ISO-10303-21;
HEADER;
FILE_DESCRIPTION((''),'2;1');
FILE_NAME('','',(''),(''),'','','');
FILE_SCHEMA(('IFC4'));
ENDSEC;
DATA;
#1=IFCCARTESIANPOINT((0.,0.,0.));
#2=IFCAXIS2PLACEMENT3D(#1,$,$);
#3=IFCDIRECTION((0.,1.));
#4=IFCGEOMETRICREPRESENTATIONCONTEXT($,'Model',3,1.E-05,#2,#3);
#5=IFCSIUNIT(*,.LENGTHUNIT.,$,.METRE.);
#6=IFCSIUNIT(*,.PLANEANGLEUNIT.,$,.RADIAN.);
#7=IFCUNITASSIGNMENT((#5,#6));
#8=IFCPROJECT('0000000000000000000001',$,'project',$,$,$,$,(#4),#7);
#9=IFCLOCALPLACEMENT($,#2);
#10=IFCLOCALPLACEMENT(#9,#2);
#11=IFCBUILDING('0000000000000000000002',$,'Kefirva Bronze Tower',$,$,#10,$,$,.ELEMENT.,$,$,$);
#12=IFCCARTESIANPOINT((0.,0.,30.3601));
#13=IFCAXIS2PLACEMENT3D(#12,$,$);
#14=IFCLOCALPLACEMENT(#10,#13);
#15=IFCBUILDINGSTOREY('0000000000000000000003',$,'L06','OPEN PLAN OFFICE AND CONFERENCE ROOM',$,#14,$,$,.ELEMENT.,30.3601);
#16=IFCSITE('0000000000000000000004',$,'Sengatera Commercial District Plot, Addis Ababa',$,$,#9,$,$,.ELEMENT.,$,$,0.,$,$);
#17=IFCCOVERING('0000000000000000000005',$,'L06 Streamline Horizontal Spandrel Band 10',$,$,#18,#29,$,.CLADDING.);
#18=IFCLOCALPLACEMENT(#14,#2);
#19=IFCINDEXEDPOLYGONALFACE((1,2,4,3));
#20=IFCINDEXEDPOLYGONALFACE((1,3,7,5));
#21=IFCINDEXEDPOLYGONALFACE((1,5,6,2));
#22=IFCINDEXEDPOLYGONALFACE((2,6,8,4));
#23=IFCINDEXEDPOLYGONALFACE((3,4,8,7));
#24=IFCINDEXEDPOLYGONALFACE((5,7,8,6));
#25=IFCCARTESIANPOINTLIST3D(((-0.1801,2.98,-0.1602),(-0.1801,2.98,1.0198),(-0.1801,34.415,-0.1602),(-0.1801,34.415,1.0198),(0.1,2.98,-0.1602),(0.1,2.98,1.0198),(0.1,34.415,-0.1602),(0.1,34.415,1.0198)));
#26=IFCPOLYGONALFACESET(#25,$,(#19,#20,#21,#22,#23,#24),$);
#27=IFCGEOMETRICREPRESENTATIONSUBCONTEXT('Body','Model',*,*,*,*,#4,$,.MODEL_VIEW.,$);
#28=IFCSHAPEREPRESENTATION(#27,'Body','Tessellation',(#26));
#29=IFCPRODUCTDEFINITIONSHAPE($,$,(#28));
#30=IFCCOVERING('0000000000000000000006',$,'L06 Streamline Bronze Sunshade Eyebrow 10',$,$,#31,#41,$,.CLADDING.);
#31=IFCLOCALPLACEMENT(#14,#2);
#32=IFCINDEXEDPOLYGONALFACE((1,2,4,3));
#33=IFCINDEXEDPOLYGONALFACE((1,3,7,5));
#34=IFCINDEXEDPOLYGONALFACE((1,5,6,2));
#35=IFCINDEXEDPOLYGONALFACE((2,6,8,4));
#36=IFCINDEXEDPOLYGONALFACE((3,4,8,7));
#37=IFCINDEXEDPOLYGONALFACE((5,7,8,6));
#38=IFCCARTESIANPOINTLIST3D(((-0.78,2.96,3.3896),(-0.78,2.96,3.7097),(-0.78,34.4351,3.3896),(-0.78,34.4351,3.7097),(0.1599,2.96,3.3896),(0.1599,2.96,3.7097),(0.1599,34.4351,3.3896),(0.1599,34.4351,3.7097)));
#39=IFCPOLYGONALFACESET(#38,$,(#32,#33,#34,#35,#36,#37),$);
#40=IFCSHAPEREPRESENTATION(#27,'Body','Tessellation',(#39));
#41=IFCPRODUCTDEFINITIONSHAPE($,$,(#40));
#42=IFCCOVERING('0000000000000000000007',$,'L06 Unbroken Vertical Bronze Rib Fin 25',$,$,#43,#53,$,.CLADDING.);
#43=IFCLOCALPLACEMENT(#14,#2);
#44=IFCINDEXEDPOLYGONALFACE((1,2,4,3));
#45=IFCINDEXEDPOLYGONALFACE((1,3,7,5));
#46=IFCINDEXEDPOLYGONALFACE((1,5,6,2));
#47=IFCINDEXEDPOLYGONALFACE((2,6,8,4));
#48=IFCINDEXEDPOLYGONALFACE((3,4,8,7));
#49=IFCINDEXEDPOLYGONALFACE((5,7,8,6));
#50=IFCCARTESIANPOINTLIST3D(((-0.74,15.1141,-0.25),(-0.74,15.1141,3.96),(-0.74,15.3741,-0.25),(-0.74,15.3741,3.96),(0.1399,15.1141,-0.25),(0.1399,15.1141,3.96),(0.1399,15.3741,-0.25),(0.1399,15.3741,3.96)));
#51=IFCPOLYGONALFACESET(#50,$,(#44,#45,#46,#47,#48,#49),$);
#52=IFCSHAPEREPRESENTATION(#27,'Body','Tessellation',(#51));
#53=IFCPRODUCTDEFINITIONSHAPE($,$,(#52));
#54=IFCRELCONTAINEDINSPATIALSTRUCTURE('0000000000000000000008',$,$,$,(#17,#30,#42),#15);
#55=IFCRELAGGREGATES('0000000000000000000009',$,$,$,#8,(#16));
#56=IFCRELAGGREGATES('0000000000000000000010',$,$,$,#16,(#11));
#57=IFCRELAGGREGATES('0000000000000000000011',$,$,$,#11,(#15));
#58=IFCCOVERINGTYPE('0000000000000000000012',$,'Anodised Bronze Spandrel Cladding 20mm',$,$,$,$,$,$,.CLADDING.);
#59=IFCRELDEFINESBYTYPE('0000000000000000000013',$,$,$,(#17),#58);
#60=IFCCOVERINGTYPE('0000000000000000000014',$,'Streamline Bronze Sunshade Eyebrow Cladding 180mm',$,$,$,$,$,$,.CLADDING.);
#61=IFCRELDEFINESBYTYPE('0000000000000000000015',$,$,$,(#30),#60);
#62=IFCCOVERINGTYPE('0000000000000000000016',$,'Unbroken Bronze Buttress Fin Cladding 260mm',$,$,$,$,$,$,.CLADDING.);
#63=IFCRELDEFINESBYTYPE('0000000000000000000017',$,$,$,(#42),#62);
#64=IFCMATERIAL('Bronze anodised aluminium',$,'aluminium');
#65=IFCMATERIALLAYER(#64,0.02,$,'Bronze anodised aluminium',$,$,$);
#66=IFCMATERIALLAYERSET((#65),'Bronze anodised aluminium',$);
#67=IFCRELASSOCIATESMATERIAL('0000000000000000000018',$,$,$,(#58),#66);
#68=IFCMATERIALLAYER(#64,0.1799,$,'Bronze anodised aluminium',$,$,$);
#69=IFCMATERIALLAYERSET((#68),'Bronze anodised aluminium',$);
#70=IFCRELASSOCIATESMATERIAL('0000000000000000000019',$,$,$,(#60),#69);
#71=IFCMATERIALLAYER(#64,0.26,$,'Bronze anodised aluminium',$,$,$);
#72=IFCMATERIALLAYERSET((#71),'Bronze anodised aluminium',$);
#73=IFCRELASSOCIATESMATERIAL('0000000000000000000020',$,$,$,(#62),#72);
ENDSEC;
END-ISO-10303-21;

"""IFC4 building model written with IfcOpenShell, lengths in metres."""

from ifc_helpers import new_model, si_unit, direction, frame, origin, origin_2d, place, context, subcontext, project, spatial, rectangle, extrude, material, layer, layer_set, type_object, element, save


model = new_model("IFC4")

# Units and contexts
model_context = context("Model", 3, precision=1e-05, world=origin(), true_north=direction((0.0, 1.0)))
body_context = subcontext(model_context, "Body", "Model", "MODEL_VIEW")
ifc_project = project(units=[si_unit("LENGTHUNIT", "METRE"), si_unit("PLANEANGLEUNIT", "RADIAN")], contexts=[model_context])

# Site, building, storey
site_placement = place(None, origin())
site = spatial("IfcSite", under=ifc_project, at=site_placement, Name="Sengatera Commercial District Plot, Addis Ababa", CompositionType="ELEMENT", RefElevation=0.0)
building_placement = place(site_placement, origin())
building = spatial("IfcBuilding", under=site, at=building_placement, Name="Kefirva Bronze Tower", CompositionType="ELEMENT")
storey_placement = place(building_placement, frame((0.0, 0.0, 30.3601)))
storey = spatial("IfcBuildingStorey", under=building, at=storey_placement, Name="L06", Description="OPEN PLAN OFFICE AND CONFERENCE ROOM", CompositionType="ELEMENT", Elevation=30.3601)

# Shared definitions
ifc_material_1 = material(Name="Bronze anodised aluminium", Category="aluminium")

# Coverings
ifc_layer_1 = layer(ifc_material_1, 0.02, Name="Bronze anodised aluminium")
ifc_layer_set_1 = layer_set([ifc_layer_1], Name="Bronze anodised aluminium")
covering_type_1 = type_object("IfcCoveringType", Name="Anodised Bronze Spandrel Cladding 20mm", PredefinedType="CLADDING", material=ifc_layer_set_1)
covering_1_placement = place(storey_placement, frame((-0.04, 18.6975, -0.1602), z_axis=(0.0, 0.0, 1.0), x_axis=(0.0, -1.0, 0.0)))
element("IfcCovering", 1, at=covering_1_placement, inside=storey, type_object=covering_type_1, Name="L06 Streamline Horizontal Spandrel Band 10", PredefinedType="CLADDING", context=body_context, shape_type="SweptSolid", body=[
    extrude(rectangle(XDim=31.4351, YDim=0.28, at=origin_2d()), origin(), (0.0, 0.0, 1.0), 1.1799),
])
ifc_layer_2 = layer(ifc_material_1, 0.1799, Name="Bronze anodised aluminium")
ifc_layer_set_2 = layer_set([ifc_layer_2], Name="Bronze anodised aluminium")
covering_type_2 = type_object("IfcCoveringType", Name="Streamline Bronze Sunshade Eyebrow Cladding 180mm", PredefinedType="CLADDING", material=ifc_layer_set_2)
covering_2_placement = place(storey_placement, frame((-0.3101, 18.6975, 3.3896), z_axis=(0.0, 0.0, 1.0), x_axis=(0.0, -1.0, 0.0)))
element("IfcCovering", 2, at=covering_2_placement, inside=storey, type_object=covering_type_2, Name="L06 Streamline Bronze Sunshade Eyebrow 10", PredefinedType="CLADDING", context=body_context, shape_type="SweptSolid", body=[
    extrude(rectangle(XDim=31.4751, YDim=0.9399, at=origin_2d()), origin(), (0.0, 0.0, 1.0), 0.3201),
])
ifc_layer_3 = layer(ifc_material_1, 0.26, Name="Bronze anodised aluminium")
ifc_layer_set_3 = layer_set([ifc_layer_3], Name="Bronze anodised aluminium")
covering_type_3 = type_object("IfcCoveringType", Name="Unbroken Bronze Buttress Fin Cladding 260mm", PredefinedType="CLADDING", material=ifc_layer_set_3)
covering_3_placement = place(storey_placement, frame((-0.3, 15.2441, -0.25), z_axis=(0.0, 0.0, 1.0), x_axis=(0.0, -1.0, 0.0)))
element("IfcCovering", 3, at=covering_3_placement, inside=storey, type_object=covering_type_3, Name="L06 Unbroken Vertical Bronze Rib Fin 25", PredefinedType="CLADDING", context=body_context, shape_type="SweptSolid", body=[
    extrude(rectangle(XDim=0.26, YDim=0.8799, at=origin_2d()), origin(), (0.0, 0.0, 1.0), 4.21),
])

save(model, "model.ifc")
